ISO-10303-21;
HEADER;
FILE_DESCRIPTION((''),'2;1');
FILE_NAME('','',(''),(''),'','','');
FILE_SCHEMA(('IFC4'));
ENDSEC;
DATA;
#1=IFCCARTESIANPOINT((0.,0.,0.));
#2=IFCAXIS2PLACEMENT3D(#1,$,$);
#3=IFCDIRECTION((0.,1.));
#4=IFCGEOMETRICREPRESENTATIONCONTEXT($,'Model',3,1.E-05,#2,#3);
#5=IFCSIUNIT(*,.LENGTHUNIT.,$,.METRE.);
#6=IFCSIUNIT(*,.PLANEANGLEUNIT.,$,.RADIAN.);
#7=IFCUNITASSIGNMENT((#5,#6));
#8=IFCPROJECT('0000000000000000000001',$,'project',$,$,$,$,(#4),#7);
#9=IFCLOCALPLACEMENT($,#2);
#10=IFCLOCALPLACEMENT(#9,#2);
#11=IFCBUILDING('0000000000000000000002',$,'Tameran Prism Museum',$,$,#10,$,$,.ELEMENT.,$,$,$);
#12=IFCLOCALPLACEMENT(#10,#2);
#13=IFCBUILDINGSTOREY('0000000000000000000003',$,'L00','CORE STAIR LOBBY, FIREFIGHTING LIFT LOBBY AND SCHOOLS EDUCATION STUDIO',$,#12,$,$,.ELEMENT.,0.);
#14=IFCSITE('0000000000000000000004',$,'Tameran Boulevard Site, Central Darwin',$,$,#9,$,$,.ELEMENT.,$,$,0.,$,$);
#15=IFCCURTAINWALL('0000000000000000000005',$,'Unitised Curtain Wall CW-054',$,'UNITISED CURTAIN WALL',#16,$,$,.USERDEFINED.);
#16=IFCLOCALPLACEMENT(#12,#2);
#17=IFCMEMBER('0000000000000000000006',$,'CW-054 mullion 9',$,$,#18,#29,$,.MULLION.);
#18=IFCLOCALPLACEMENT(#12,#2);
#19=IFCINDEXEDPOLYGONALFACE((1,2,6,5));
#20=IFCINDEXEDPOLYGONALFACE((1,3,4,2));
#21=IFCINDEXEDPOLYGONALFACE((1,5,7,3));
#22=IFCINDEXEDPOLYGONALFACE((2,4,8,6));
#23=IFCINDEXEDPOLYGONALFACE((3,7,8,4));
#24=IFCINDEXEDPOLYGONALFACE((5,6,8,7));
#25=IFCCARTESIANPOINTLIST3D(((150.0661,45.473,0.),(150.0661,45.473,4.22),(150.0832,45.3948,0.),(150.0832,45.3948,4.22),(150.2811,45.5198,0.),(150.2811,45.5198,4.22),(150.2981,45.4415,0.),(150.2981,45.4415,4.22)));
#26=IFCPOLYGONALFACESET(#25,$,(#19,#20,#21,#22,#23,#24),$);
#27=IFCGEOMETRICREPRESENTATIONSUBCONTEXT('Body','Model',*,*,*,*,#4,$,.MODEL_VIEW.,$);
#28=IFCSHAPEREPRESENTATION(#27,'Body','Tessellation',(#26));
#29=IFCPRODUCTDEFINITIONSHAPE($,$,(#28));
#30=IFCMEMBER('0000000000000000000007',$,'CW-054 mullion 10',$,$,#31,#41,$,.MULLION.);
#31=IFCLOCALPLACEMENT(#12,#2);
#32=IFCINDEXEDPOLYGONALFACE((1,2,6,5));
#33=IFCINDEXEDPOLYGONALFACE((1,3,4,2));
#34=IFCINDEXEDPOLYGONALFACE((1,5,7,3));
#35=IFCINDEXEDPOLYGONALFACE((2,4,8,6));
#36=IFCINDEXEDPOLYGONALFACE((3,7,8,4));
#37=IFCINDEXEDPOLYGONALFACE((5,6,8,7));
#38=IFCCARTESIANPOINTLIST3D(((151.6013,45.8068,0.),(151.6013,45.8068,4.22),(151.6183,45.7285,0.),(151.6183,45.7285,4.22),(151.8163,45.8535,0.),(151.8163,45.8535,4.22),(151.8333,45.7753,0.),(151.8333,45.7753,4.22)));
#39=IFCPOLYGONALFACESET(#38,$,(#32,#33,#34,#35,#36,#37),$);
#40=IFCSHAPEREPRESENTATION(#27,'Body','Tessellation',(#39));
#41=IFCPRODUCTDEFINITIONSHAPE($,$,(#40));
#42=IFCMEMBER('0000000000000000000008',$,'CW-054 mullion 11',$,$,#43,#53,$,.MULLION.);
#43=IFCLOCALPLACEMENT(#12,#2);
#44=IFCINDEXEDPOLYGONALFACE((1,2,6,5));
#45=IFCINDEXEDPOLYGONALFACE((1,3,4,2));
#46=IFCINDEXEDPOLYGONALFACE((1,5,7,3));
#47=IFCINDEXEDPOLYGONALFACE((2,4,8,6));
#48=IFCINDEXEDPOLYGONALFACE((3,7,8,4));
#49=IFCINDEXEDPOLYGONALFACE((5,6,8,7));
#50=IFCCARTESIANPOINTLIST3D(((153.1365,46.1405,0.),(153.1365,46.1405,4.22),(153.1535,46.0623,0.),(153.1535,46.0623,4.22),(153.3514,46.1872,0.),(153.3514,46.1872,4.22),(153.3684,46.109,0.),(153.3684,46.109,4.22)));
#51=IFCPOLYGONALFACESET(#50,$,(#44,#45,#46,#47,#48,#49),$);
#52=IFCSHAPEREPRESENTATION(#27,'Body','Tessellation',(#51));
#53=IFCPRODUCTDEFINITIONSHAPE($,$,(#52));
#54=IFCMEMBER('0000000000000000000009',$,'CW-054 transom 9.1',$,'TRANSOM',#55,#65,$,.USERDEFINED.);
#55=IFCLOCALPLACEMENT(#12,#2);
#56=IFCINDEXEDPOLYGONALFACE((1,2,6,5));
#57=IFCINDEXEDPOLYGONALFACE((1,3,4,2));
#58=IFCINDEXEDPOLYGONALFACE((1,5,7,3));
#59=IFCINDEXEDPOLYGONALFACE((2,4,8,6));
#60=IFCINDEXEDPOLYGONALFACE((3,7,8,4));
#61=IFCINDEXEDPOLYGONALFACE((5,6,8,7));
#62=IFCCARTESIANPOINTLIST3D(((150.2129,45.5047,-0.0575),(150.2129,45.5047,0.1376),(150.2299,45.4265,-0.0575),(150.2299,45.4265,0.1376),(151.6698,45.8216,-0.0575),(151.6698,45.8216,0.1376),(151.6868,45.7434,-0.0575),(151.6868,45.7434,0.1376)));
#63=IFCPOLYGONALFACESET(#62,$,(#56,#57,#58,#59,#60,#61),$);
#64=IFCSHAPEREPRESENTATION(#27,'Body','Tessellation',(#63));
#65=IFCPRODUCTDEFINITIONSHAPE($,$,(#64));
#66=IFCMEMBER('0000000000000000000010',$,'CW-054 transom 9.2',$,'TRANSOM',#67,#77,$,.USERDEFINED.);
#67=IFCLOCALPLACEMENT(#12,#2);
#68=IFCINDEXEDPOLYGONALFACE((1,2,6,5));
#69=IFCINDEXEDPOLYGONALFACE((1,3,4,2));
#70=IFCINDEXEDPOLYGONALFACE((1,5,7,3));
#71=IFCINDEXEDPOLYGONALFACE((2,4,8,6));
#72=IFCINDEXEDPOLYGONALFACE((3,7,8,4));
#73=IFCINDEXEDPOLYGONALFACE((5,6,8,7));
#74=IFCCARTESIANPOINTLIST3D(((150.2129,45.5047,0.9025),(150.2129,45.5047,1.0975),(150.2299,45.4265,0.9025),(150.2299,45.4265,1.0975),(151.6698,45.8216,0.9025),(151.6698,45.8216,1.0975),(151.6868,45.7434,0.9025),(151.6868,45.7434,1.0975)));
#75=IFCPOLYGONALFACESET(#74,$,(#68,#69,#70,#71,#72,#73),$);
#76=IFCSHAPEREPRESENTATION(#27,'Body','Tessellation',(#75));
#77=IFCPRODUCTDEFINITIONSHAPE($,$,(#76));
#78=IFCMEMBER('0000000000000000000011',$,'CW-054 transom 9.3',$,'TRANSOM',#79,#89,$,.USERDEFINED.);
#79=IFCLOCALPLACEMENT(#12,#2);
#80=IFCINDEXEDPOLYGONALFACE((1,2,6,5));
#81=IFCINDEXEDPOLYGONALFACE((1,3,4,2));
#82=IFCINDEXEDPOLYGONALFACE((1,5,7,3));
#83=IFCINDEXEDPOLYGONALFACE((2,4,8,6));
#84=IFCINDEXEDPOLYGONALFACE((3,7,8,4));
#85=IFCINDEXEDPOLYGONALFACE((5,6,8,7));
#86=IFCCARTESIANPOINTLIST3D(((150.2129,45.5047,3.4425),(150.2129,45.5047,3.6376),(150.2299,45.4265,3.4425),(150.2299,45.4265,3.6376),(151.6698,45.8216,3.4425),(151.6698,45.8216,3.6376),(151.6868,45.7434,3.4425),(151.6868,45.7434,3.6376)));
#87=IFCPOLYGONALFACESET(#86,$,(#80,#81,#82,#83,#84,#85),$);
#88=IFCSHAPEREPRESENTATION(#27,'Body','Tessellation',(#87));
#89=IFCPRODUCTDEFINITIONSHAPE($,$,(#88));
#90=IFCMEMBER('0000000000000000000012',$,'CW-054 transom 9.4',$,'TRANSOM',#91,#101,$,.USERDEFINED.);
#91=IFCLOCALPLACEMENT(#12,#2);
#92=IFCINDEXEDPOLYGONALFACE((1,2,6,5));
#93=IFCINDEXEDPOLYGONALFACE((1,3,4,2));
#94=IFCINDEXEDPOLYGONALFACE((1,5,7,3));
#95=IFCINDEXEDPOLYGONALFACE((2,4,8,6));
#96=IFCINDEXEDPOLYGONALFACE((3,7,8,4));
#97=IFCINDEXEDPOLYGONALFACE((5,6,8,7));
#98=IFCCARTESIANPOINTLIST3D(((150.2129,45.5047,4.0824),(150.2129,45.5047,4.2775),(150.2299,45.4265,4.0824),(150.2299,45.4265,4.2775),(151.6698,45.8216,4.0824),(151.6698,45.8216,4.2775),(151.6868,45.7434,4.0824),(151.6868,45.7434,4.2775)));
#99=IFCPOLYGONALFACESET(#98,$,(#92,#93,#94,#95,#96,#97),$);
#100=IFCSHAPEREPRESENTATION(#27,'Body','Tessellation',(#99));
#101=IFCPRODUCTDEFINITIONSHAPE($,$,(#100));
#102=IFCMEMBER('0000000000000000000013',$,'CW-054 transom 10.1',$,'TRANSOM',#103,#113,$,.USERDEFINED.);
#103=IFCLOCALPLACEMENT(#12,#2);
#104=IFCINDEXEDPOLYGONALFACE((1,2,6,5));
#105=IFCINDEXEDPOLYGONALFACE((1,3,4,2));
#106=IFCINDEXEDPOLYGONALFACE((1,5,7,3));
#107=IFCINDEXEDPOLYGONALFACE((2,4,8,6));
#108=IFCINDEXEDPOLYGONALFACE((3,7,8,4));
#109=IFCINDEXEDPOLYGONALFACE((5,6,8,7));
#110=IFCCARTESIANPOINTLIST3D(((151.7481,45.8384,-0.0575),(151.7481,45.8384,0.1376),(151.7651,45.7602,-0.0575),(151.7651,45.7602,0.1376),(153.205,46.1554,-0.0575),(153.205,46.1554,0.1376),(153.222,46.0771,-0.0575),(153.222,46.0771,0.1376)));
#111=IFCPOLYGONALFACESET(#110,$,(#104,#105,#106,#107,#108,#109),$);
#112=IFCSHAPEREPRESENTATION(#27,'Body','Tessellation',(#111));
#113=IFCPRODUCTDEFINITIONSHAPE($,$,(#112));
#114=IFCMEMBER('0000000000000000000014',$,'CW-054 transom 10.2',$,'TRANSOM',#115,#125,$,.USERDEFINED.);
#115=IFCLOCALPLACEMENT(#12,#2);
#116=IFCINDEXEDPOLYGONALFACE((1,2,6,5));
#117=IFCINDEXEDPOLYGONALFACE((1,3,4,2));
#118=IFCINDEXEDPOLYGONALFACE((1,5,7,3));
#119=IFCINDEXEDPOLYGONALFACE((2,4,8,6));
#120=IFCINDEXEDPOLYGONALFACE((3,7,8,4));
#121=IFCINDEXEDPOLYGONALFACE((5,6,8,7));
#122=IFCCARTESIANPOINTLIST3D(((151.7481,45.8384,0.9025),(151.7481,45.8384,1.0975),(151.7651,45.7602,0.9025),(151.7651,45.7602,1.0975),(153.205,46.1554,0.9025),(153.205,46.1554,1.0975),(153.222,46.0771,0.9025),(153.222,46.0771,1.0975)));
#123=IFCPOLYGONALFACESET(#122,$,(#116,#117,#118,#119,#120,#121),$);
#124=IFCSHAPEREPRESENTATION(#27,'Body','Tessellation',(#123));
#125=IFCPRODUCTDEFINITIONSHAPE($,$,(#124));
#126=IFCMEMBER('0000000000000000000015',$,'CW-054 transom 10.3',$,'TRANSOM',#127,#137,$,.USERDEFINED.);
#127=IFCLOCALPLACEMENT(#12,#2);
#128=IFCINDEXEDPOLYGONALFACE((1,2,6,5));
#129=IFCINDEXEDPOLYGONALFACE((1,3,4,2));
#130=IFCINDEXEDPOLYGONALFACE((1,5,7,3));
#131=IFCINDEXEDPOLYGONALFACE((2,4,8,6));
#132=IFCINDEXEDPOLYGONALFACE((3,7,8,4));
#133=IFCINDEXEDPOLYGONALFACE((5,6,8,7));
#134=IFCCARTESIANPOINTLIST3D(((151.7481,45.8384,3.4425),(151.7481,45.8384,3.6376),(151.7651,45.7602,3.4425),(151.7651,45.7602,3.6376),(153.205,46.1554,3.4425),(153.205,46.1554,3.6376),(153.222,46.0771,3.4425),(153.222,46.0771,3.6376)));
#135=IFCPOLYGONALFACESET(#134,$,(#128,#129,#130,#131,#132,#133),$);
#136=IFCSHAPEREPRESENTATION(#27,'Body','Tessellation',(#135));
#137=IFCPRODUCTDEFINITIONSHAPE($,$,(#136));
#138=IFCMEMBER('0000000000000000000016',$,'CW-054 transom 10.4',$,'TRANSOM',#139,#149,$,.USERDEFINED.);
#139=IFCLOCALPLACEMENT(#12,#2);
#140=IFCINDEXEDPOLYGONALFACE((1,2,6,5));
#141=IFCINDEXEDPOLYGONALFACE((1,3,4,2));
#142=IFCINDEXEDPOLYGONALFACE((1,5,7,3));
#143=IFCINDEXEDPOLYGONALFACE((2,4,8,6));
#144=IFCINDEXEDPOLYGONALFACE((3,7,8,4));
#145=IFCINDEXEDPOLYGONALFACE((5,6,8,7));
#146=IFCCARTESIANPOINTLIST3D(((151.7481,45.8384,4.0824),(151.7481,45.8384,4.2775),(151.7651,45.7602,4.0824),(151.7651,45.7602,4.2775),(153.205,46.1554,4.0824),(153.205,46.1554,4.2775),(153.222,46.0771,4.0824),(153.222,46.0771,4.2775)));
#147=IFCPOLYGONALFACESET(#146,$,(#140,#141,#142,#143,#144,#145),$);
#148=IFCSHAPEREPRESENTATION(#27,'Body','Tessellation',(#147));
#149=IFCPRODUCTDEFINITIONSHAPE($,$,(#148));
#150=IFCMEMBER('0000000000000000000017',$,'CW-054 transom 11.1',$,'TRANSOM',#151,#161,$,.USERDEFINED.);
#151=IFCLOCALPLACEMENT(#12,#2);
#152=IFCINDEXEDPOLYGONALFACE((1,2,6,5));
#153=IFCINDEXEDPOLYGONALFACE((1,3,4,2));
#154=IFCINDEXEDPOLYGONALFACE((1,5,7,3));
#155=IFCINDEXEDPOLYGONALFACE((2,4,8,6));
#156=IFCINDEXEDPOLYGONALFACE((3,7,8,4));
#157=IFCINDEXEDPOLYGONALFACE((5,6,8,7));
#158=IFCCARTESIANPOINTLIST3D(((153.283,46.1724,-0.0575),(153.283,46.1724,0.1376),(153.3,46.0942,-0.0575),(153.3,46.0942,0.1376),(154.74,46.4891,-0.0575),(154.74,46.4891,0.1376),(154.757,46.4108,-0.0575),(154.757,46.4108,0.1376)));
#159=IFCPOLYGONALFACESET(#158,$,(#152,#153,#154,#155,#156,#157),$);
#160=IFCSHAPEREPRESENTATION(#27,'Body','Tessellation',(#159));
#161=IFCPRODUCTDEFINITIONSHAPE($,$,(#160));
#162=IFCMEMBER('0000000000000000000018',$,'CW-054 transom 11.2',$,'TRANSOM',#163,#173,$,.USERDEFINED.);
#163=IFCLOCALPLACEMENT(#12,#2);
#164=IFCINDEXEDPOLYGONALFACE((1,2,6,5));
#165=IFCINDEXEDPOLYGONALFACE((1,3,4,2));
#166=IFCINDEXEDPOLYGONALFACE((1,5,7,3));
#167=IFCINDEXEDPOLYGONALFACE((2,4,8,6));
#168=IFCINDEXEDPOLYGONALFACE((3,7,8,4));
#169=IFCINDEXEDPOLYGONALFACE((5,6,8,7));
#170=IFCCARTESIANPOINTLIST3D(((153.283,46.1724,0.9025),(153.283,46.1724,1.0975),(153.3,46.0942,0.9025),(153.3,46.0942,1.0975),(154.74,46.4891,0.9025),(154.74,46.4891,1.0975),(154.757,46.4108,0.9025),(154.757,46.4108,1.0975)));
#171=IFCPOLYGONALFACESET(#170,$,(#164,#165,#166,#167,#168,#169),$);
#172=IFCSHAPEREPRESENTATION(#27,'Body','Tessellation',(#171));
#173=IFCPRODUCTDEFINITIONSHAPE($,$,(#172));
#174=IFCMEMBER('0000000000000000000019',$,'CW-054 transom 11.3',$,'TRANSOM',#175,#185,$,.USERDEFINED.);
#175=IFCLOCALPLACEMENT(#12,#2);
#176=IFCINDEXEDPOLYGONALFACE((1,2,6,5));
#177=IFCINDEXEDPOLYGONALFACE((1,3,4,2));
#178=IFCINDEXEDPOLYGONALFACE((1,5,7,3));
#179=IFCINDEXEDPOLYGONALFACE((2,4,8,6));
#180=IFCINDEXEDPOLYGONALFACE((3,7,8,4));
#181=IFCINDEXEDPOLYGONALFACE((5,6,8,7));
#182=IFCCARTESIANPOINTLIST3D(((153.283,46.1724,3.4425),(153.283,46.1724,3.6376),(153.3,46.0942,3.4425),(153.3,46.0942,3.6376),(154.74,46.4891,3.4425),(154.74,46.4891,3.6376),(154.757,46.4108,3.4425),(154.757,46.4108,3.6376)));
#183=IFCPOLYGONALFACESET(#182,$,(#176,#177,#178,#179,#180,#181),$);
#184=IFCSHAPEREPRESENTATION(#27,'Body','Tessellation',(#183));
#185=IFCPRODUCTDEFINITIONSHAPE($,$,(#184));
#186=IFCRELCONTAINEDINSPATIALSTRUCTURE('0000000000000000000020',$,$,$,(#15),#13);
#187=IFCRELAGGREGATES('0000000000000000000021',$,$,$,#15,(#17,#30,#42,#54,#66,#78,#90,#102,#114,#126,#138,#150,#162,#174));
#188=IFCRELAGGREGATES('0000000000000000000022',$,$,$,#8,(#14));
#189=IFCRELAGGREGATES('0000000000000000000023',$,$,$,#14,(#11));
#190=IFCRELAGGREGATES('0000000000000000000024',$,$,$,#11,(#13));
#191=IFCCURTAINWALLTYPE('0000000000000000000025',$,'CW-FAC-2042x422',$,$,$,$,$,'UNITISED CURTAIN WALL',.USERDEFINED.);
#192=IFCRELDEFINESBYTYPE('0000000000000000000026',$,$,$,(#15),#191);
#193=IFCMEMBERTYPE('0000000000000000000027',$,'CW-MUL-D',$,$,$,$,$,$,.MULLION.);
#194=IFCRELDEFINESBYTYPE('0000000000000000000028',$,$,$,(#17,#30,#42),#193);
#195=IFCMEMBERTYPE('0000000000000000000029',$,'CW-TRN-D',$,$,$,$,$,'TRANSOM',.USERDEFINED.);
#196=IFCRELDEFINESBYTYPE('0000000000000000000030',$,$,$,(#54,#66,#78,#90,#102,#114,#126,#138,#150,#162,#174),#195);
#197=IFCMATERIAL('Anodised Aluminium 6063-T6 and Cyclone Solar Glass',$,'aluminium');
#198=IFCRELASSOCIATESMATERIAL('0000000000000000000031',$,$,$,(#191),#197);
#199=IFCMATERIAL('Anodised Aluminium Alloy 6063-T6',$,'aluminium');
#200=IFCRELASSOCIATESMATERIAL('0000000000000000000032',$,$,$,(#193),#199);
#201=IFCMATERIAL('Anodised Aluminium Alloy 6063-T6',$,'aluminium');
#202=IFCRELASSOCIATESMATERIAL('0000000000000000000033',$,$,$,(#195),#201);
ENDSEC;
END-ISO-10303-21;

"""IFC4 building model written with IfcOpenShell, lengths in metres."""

from ifc_helpers import new_model, si_unit, direction, frame, origin, origin_2d, place, context, subcontext, project, spatial, rectangle, extrude, material, material_profile, profile_set, type_object, element, aggregate, save


model = new_model("IFC4")

# Units and contexts
model_context = context("Model", 3, precision=1e-05, world=origin(), true_north=direction((0.0, 1.0)))
body_context = subcontext(model_context, "Body", "Model", "MODEL_VIEW")
ifc_project = project(units=[si_unit("LENGTHUNIT", "METRE"), si_unit("PLANEANGLEUNIT", "RADIAN")], contexts=[model_context])

# Site, building, storey
site_placement = place(None, origin())
site = spatial("IfcSite", under=ifc_project, at=site_placement, Name="Tameran Boulevard Site, Central Darwin", CompositionType="ELEMENT", RefElevation=0.0)
building_placement = place(site_placement, origin())
building = spatial("IfcBuilding", under=site, at=building_placement, Name="Tameran Prism Museum", CompositionType="ELEMENT")
storey_placement = place(building_placement, origin())
storey = spatial("IfcBuildingStorey", under=building, at=storey_placement, Name="L00", Description="CORE STAIR LOBBY, FIREFIGHTING LIFT LOBBY AND SCHOOLS EDUCATION STUDIO", CompositionType="ELEMENT", Elevation=0.0)

# Curtain wall, members
ifc_material_1 = material(Name="Anodised Aluminium 6063-T6 and Cyclone Solar Glass", Category="aluminium")
curtain_wall_type = type_object("IfcCurtainWallType", Name="CW-FAC-2042x422", ElementType="UNITISED CURTAIN WALL", PredefinedType="USERDEFINED", material=ifc_material_1)
curtain_wall_placement = place(storey_placement, origin())
curtain_wall = element("IfcCurtainWall", 1, at=curtain_wall_placement, inside=storey, type_object=curtain_wall_type, Name="Unitised Curtain Wall CW-054", ObjectType="UNITISED CURTAIN WALL", PredefinedType="USERDEFINED")
ifc_material_2 = material(Name="Anodised Aluminium Alloy 6063-T6", Category="aluminium")
ifc_material_profile_1 = material_profile(ifc_material_2, rectangle(XDim=0.0801, YDim=0.22, at=origin_2d()))
ifc_profile_set_1 = profile_set([ifc_material_profile_1])
member_type_1 = type_object("IfcMemberType", Name="CW-MUL-D", PredefinedType="MULLION", material=ifc_profile_set_1)
member_1_placement = place(storey_placement, frame((150.1821, 45.4573, 0.0), z_axis=(0.0, 0.0, 1.0), x_axis=(-0.212454, 0.977171, 0.0)))
member_1 = element("IfcMember", 2, at=member_1_placement, type_object=member_type_1, Name="CW-054 mullion 9", PredefinedType="MULLION", context=body_context, shape_type="SweptSolid", body=[
    extrude(rectangle(XDim=0.0801, YDim=0.22, at=origin_2d()), origin(), (0.0, 0.0, 1.0), 4.22),
])
member_2_placement = place(storey_placement, frame((151.7173, 45.791, 0.0), z_axis=(0.0, 0.0, 1.0), x_axis=(-0.212454, 0.977171, 0.0)))
member_2 = element("IfcMember", 3, at=member_2_placement, type_object=member_type_1, Name="CW-054 mullion 10", PredefinedType="MULLION", context=body_context, shape_type="SweptSolid", body=[
    extrude(rectangle(XDim=0.0801, YDim=0.22, at=origin_2d()), origin(), (0.0, 0.0, 1.0), 4.22),
])
member_3_placement = place(storey_placement, frame((153.2524, 46.1248, 0.0), z_axis=(0.0, 0.0, 1.0), x_axis=(-0.212454, 0.977171, 0.0)))
member_3 = element("IfcMember", 4, at=member_3_placement, type_object=member_type_1, Name="CW-054 mullion 11", PredefinedType="MULLION", context=body_context, shape_type="SweptSolid", body=[
    extrude(rectangle(XDim=0.0801, YDim=0.22, at=origin_2d()), origin(), (0.0, 0.0, 1.0), 4.22),
])
ifc_material_3 = material(Name="Anodised Aluminium Alloy 6063-T6", Category="aluminium")
ifc_material_profile_2 = material_profile(ifc_material_3, rectangle(XDim=0.0801, YDim=0.1951, at=origin_2d()))
ifc_profile_set_2 = profile_set([ifc_material_profile_2])
member_type_2 = type_object("IfcMemberType", Name="CW-TRN-D", ElementType="TRANSOM", PredefinedType="USERDEFINED", material=ifc_profile_set_2)
member_4_placement = place(storey_placement, frame((150.2214, 45.4656, 0.04), z_axis=(0.977148, 0.212559, 0.0), x_axis=(-0.212559, 0.977148, 0.0)))
member_4 = element("IfcMember", 5, at=member_4_placement, type_object=member_type_2, Name="CW-054 transom 9.1", ObjectType="TRANSOM", PredefinedType="USERDEFINED", context=body_context, shape_type="SweptSolid", body=[
    extrude(rectangle(XDim=0.0801, YDim=0.1951, at=origin_2d()), origin(), (0.0, 0.0, 1.0), 1.491),
])
member_5_placement = place(storey_placement, frame((150.2214, 45.4656, 1.0), z_axis=(0.977148, 0.212559, 0.0), x_axis=(-0.212559, 0.977148, 0.0)))
member_5 = element("IfcMember", 6, at=member_5_placement, type_object=member_type_2, Name="CW-054 transom 9.2", ObjectType="TRANSOM", PredefinedType="USERDEFINED", context=body_context, shape_type="SweptSolid", body=[
    extrude(rectangle(XDim=0.0801, YDim=0.1951, at=origin_2d()), origin(), (0.0, 0.0, 1.0), 1.491),
])
member_6_placement = place(storey_placement, frame((150.2214, 45.4656, 3.54), z_axis=(0.977148, 0.212559, 0.0), x_axis=(-0.212559, 0.977148, 0.0)))
member_6 = element("IfcMember", 7, at=member_6_placement, type_object=member_type_2, Name="CW-054 transom 9.3", ObjectType="TRANSOM", PredefinedType="USERDEFINED", context=body_context, shape_type="SweptSolid", body=[
    extrude(rectangle(XDim=0.0801, YDim=0.1951, at=origin_2d()), origin(), (0.0, 0.0, 1.0), 1.491),
])
member_7_placement = place(storey_placement, frame((150.2214, 45.4656, 4.1799), z_axis=(0.977148, 0.212559, 0.0), x_axis=(-0.212559, 0.977148, 0.0)))
member_7 = element("IfcMember", 8, at=member_7_placement, type_object=member_type_2, Name="CW-054 transom 9.4", ObjectType="TRANSOM", PredefinedType="USERDEFINED", context=body_context, shape_type="SweptSolid", body=[
    extrude(rectangle(XDim=0.0801, YDim=0.1951, at=origin_2d()), origin(), (0.0, 0.0, 1.0), 1.491),
])
member_8_placement = place(storey_placement, frame((151.7566, 45.7993, 0.04), z_axis=(0.977148, 0.212559, 0.0), x_axis=(-0.212559, 0.977148, 0.0)))
member_8 = element("IfcMember", 9, at=member_8_placement, type_object=member_type_2, Name="CW-054 transom 10.1", ObjectType="TRANSOM", PredefinedType="USERDEFINED", context=body_context, shape_type="SweptSolid", body=[
    extrude(rectangle(XDim=0.0801, YDim=0.1951, at=origin_2d()), origin(), (0.0, 0.0, 1.0), 1.491),
])
member_9_placement = place(storey_placement, frame((151.7566, 45.7993, 1.0), z_axis=(0.977148, 0.212559, 0.0), x_axis=(-0.212559, 0.977148, 0.0)))
member_9 = element("IfcMember", 10, at=member_9_placement, type_object=member_type_2, Name="CW-054 transom 10.2", ObjectType="TRANSOM", PredefinedType="USERDEFINED", context=body_context, shape_type="SweptSolid", body=[
    extrude(rectangle(XDim=0.0801, YDim=0.1951, at=origin_2d()), origin(), (0.0, 0.0, 1.0), 1.491),
])
member_10_placement = place(storey_placement, frame((151.7566, 45.7993, 3.54), z_axis=(0.977148, 0.212559, 0.0), x_axis=(-0.212559, 0.977148, 0.0)))
member_10 = element("IfcMember", 11, at=member_10_placement, type_object=member_type_2, Name="CW-054 transom 10.3", ObjectType="TRANSOM", PredefinedType="USERDEFINED", context=body_context, shape_type="SweptSolid", body=[
    extrude(rectangle(XDim=0.0801, YDim=0.1951, at=origin_2d()), origin(), (0.0, 0.0, 1.0), 1.491),
])
member_11_placement = place(storey_placement, frame((151.7566, 45.7993, 4.1799), z_axis=(0.977148, 0.212559, 0.0), x_axis=(-0.212559, 0.977148, 0.0)))
member_11 = element("IfcMember", 12, at=member_11_placement, type_object=member_type_2, Name="CW-054 transom 10.4", ObjectType="TRANSOM", PredefinedType="USERDEFINED", context=body_context, shape_type="SweptSolid", body=[
    extrude(rectangle(XDim=0.0801, YDim=0.1951, at=origin_2d()), origin(), (0.0, 0.0, 1.0), 1.491),
])
member_12_placement = place(storey_placement, frame((153.2915, 46.1333, 0.04), z_axis=(0.97719, 0.212368, 0.0), x_axis=(-0.212368, 0.97719, 0.0)))
member_12 = element("IfcMember", 13, at=member_12_placement, type_object=member_type_2, Name="CW-054 transom 11.1", ObjectType="TRANSOM", PredefinedType="USERDEFINED", context=body_context, shape_type="SweptSolid", body=[
    extrude(rectangle(XDim=0.0801, YDim=0.1951, at=origin_2d()), origin(), (0.0, 0.0, 1.0), 1.491),
])
member_13_placement = place(storey_placement, frame((153.2915, 46.1333, 1.0), z_axis=(0.97719, 0.212368, 0.0), x_axis=(-0.212368, 0.97719, 0.0)))
member_13 = element("IfcMember", 14, at=member_13_placement, type_object=member_type_2, Name="CW-054 transom 11.2", ObjectType="TRANSOM", PredefinedType="USERDEFINED", context=body_context, shape_type="SweptSolid", body=[
    extrude(rectangle(XDim=0.0801, YDim=0.1951, at=origin_2d()), origin(), (0.0, 0.0, 1.0), 1.491),
])
member_14_placement = place(storey_placement, frame((153.2915, 46.1333, 3.54), z_axis=(0.97719, 0.212368, 0.0), x_axis=(-0.212368, 0.97719, 0.0)))
member_14 = element("IfcMember", 15, at=member_14_placement, type_object=member_type_2, Name="CW-054 transom 11.3", ObjectType="TRANSOM", PredefinedType="USERDEFINED", context=body_context, shape_type="SweptSolid", body=[
    extrude(rectangle(XDim=0.0801, YDim=0.1951, at=origin_2d()), origin(), (0.0, 0.0, 1.0), 1.491),
])
aggregate(curtain_wall, [member_1, member_2, member_3, member_4, member_5, member_6, member_7, member_8, member_9, member_10, member_11, member_12, member_13, member_14])

save(model, "model.ifc")
